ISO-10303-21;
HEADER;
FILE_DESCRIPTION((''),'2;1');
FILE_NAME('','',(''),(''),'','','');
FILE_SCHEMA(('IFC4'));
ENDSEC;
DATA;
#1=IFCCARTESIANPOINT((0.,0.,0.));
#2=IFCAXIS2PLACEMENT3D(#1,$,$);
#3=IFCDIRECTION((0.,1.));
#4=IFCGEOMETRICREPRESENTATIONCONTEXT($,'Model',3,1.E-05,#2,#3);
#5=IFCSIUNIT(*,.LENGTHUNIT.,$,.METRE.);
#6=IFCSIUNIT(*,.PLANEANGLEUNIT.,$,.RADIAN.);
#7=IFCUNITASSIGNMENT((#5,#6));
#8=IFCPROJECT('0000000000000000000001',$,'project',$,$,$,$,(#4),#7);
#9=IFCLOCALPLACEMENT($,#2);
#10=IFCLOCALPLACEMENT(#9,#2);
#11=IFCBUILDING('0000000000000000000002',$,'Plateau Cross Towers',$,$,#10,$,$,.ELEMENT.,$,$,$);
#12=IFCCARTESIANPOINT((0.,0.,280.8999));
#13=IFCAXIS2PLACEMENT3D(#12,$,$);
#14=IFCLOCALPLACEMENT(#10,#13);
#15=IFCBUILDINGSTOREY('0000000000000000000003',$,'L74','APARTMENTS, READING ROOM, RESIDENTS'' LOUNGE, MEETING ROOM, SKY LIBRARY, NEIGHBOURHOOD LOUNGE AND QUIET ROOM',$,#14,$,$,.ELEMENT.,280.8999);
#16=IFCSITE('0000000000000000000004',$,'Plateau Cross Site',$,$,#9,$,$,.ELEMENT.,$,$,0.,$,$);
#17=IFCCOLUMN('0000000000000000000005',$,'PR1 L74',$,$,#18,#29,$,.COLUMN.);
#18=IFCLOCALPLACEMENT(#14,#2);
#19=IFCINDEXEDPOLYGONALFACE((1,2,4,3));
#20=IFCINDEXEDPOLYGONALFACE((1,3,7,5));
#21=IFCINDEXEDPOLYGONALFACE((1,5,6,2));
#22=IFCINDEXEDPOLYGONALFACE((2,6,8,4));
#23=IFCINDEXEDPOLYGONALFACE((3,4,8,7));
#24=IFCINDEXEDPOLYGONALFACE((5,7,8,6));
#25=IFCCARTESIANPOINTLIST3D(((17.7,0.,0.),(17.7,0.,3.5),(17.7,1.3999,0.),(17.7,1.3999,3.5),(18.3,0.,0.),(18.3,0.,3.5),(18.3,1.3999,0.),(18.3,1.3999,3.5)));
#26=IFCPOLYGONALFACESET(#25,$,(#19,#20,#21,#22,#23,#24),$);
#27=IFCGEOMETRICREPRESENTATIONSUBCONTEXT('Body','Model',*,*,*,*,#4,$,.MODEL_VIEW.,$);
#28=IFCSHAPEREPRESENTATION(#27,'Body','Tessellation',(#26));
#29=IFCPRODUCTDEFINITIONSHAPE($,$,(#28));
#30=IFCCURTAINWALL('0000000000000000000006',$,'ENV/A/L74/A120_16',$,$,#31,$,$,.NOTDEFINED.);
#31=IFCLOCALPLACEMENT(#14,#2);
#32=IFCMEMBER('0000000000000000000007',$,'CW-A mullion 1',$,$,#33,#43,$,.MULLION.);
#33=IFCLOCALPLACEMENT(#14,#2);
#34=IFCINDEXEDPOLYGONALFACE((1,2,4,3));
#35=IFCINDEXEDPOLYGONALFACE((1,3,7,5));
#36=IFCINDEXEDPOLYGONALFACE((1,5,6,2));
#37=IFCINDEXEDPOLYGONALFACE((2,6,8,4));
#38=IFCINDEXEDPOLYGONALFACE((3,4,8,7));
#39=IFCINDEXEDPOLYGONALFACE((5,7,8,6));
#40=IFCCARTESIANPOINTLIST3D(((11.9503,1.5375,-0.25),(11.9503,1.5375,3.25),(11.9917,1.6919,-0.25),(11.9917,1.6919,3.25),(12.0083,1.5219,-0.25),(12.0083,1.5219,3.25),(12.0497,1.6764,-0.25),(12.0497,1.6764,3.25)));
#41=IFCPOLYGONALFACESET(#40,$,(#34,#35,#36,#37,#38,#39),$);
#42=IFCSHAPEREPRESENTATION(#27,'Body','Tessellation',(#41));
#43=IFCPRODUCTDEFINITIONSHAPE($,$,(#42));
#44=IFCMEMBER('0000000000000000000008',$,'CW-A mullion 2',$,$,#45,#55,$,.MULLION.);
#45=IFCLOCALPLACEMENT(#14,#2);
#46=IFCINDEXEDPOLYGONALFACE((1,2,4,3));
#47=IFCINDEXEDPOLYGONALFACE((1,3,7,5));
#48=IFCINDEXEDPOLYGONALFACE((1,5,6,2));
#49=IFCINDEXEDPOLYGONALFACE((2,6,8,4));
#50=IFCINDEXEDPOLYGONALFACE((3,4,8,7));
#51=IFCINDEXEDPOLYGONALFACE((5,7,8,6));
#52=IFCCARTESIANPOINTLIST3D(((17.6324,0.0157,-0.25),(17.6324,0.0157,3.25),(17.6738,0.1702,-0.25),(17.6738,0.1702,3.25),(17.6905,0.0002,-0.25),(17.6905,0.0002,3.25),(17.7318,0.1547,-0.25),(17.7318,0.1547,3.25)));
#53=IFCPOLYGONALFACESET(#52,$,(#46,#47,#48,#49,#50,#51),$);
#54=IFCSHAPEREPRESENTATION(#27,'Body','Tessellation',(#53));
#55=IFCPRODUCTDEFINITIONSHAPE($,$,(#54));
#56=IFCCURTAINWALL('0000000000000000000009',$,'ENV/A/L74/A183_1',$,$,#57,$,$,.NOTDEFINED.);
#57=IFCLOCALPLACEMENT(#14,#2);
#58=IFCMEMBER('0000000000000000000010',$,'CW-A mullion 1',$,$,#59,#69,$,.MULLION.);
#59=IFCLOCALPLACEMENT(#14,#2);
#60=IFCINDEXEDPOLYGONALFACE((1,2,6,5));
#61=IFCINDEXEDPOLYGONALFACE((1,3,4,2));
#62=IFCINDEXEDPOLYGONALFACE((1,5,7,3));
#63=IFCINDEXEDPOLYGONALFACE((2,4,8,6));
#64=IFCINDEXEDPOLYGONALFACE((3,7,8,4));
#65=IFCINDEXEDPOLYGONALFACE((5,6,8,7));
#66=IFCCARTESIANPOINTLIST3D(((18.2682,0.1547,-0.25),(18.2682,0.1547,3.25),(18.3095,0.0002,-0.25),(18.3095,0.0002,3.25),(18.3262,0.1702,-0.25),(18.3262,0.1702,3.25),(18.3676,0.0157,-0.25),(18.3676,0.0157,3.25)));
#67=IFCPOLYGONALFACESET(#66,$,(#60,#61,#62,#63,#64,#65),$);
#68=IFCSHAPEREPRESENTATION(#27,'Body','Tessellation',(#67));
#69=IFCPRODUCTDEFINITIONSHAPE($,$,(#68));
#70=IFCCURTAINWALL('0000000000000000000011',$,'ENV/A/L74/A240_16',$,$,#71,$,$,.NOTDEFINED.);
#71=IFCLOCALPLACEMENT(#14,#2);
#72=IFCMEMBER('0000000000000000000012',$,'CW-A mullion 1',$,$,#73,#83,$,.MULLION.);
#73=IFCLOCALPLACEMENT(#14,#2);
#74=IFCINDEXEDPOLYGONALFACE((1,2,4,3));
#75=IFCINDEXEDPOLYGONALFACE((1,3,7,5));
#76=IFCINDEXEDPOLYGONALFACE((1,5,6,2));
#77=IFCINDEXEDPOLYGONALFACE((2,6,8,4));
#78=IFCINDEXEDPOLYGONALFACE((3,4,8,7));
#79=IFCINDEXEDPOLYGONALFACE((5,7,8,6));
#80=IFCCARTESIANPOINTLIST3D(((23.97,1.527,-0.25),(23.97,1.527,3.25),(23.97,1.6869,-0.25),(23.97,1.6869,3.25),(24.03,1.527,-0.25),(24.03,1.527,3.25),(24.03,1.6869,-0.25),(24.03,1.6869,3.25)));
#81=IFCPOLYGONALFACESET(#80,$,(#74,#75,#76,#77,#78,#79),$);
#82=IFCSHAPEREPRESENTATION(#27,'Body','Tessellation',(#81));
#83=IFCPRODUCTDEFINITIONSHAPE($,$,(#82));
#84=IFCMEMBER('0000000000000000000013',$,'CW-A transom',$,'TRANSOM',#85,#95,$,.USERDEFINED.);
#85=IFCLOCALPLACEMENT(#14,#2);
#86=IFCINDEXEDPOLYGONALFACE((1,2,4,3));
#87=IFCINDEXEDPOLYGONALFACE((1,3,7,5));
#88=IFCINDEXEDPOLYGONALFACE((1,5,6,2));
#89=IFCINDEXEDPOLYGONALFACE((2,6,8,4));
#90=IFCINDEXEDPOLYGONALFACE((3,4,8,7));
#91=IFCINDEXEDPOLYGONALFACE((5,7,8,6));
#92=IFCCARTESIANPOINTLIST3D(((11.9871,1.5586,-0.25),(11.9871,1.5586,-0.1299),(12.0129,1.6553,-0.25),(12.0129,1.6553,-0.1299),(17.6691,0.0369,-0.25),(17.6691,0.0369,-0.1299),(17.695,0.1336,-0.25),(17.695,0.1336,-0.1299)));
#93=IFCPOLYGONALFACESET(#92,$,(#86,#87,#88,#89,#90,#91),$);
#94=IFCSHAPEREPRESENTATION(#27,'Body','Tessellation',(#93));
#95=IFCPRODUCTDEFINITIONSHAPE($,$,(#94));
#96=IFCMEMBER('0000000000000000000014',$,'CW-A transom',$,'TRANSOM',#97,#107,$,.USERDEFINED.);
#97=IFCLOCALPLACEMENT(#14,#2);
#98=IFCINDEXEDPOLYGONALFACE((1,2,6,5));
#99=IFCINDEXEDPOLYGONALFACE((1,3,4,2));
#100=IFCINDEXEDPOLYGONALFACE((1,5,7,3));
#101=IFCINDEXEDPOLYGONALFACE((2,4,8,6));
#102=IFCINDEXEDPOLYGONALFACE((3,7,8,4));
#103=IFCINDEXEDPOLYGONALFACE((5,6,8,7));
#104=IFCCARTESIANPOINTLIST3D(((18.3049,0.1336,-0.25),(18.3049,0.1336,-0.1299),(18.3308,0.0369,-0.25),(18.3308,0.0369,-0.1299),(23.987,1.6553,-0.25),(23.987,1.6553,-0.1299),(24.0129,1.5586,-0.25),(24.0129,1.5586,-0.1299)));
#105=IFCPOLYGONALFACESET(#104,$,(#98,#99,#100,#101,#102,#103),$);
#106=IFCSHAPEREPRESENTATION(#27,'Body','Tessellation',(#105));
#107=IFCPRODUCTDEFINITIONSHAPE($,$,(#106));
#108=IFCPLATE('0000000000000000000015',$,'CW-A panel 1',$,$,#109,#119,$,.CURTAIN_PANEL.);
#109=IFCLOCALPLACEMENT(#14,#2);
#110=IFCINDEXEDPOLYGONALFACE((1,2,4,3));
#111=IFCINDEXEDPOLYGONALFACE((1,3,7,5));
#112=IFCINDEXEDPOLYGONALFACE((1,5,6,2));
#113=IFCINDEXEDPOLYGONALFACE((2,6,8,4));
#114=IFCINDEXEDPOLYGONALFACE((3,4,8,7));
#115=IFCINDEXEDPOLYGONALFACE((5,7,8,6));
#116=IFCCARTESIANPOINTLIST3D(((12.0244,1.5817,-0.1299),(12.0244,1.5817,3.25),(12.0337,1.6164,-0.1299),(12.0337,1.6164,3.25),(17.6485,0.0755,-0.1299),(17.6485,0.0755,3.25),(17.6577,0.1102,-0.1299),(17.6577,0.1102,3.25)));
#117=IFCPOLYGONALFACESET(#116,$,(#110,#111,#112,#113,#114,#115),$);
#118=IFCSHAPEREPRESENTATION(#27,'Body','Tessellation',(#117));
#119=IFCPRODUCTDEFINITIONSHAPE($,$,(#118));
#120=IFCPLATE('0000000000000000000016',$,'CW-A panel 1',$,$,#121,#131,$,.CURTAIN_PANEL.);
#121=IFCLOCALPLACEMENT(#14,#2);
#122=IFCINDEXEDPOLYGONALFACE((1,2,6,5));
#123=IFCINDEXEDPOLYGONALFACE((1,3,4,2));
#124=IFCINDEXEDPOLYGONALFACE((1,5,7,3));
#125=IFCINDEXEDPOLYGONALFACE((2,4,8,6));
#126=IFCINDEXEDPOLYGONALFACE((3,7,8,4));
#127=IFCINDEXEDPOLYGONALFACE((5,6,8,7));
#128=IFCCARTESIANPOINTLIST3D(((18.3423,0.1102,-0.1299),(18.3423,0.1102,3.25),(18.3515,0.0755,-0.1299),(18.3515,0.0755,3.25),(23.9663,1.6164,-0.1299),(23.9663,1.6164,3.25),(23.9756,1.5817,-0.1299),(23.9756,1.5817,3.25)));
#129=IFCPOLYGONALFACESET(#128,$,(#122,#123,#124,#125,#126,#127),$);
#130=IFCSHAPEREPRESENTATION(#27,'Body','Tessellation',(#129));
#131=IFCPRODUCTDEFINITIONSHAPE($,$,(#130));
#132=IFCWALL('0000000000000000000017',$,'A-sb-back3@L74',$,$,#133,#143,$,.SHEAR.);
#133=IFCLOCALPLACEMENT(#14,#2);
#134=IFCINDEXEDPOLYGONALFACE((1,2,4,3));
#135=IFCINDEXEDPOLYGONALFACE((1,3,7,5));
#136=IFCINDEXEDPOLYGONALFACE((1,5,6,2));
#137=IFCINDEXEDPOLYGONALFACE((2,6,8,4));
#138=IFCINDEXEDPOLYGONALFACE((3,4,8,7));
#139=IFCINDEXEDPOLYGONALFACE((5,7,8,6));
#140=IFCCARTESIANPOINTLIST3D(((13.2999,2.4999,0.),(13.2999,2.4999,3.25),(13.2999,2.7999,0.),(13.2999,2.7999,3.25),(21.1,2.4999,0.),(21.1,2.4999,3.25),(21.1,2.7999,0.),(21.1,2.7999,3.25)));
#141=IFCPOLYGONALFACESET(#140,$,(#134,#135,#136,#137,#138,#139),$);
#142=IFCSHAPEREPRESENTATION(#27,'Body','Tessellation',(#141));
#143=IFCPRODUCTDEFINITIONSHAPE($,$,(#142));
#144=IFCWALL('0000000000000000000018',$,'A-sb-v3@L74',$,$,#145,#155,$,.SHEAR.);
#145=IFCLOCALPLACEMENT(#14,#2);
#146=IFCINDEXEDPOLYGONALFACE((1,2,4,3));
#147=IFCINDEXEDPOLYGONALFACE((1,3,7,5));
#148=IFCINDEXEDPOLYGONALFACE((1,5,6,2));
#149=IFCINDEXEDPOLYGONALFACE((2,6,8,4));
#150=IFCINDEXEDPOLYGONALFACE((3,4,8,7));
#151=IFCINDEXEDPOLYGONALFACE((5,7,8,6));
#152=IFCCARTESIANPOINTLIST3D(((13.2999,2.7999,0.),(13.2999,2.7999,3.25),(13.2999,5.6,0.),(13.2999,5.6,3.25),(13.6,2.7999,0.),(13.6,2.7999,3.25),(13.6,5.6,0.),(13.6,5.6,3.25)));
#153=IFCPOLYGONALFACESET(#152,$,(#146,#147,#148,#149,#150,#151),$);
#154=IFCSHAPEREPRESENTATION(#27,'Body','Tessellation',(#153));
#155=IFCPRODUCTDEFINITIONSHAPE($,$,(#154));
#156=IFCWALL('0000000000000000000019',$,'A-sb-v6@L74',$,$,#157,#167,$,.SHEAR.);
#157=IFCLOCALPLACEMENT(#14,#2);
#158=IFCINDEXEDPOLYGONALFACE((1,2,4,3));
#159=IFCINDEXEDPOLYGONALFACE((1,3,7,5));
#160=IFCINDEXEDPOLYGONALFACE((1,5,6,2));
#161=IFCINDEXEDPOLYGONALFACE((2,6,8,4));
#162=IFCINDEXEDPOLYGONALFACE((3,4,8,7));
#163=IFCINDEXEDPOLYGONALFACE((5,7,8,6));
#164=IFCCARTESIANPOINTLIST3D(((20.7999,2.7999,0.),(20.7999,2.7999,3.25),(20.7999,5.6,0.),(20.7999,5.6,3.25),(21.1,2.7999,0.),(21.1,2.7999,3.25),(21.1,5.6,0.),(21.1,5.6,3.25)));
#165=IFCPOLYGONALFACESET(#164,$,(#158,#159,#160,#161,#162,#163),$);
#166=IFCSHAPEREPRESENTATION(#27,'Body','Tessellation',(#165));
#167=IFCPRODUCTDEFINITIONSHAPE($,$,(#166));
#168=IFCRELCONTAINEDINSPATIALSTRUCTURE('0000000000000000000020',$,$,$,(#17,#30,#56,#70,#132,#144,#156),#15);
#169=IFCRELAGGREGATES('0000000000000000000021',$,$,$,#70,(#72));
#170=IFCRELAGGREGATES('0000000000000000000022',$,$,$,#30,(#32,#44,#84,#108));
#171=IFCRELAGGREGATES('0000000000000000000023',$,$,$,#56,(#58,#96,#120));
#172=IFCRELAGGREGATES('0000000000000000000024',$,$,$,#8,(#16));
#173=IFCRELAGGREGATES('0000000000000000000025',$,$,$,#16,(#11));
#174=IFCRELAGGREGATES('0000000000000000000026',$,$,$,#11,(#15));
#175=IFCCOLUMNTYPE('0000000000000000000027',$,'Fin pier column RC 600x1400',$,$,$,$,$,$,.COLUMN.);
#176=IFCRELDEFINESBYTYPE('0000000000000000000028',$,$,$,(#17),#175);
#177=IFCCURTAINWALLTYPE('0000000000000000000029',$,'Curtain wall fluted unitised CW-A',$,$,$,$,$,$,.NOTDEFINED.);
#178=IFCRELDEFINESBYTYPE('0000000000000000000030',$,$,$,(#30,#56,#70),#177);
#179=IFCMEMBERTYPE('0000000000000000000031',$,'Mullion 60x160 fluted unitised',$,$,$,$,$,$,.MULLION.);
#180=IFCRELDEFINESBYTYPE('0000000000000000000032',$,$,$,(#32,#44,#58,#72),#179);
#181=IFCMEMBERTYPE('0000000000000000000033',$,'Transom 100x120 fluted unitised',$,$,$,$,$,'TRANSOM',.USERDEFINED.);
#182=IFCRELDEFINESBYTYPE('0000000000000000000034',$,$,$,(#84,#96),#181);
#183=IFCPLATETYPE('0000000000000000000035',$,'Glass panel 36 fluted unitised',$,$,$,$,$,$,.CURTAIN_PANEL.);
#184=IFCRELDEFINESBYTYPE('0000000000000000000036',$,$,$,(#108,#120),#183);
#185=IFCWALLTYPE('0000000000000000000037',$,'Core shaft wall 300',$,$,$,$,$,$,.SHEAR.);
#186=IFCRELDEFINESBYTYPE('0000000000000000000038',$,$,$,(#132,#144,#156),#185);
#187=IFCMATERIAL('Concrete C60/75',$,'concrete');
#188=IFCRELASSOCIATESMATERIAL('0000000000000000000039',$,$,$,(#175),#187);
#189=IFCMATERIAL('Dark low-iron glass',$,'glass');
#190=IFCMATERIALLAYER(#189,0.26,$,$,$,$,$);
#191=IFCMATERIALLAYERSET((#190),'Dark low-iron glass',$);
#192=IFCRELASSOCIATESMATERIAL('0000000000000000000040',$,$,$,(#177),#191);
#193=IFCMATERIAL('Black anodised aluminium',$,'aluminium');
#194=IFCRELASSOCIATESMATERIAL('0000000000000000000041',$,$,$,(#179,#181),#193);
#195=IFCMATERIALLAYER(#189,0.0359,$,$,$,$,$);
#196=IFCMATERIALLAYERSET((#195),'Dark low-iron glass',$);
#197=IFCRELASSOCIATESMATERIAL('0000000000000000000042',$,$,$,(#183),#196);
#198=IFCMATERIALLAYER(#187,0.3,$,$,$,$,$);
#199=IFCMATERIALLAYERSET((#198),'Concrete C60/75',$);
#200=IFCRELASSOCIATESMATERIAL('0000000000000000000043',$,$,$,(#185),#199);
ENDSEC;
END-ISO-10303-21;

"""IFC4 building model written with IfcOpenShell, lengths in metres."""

from ifc_helpers import new_model, si_unit, direction, frame, frame_2d, origin, origin_2d, place, context, subcontext, project, spatial, rectangle, extrude, material, layer, layer_set, material_profile, profile_set, type_object, element, aggregate, save


model = new_model("IFC4")

# Units and contexts
model_context = context("Model", 3, precision=1e-05, world=origin(), true_north=direction((0.0, 1.0)))
body_context = subcontext(model_context, "Body", "Model", "MODEL_VIEW")
ifc_project = project(units=[si_unit("LENGTHUNIT", "METRE"), si_unit("PLANEANGLEUNIT", "RADIAN")], contexts=[model_context])

# Site, building, storey
site_placement = place(None, origin())
site = spatial("IfcSite", under=ifc_project, at=site_placement, Name="Plateau Cross Site", CompositionType="ELEMENT", RefElevation=0.0)
building_placement = place(site_placement, origin())
building = spatial("IfcBuilding", under=site, at=building_placement, Name="Plateau Cross Towers", CompositionType="ELEMENT")
storey_placement = place(building_placement, frame((0.0, 0.0, 280.8999)))
storey = spatial("IfcBuildingStorey", under=building, at=storey_placement, Name="L74", Description="APARTMENTS, READING ROOM, RESIDENTS' LOUNGE, MEETING ROOM, SKY LIBRARY, NEIGHBOURHOOD LOUNGE AND QUIET ROOM", CompositionType="ELEMENT", Elevation=280.8999)

# Column
ifc_material_1 = material(Name="Concrete C60/75", Category="concrete")
ifc_material_profile_1 = material_profile(ifc_material_1, rectangle(XDim=0.6001, YDim=1.3999, at=origin_2d()), Name="RC 600x1400")
ifc_profile_set_1 = profile_set([ifc_material_profile_1], Name="Concrete C60/75")
column_type = type_object("IfcColumnType", Name="Fin pier column RC 600x1400", PredefinedType="COLUMN", material=ifc_profile_set_1)
column_placement = place(storey_placement, frame((18.0, 0.7, 0.0), z_axis=(0.0, 0.0, 1.0), x_axis=(1.0, 0.0, 0.0)))
element("IfcColumn", 1, at=column_placement, inside=storey, type_object=column_type, Name="PR1 L74", PredefinedType="COLUMN", context=body_context, shape_type="SweptSolid", body=[
    extrude(rectangle(XDim=0.6001, YDim=1.3999, at=origin_2d()), origin(), (0.0, 0.0, 1.0), 3.5),
])

# Curtain wall, members
ifc_material_2 = material(Name="Dark low-iron glass", Category="glass")
ifc_layer_1 = layer(ifc_material_2, 0.26)
ifc_layer_set_1 = layer_set([ifc_layer_1], Name="Dark low-iron glass")
curtain_wall_type = type_object("IfcCurtainWallType", Name="Curtain wall fluted unitised CW-A", PredefinedType="NOTDEFINED", material=ifc_layer_set_1)
curtain_wall_1_placement = place(storey_placement, origin())
curtain_wall_1 = element("IfcCurtainWall", 2, at=curtain_wall_1_placement, inside=storey, type_object=curtain_wall_type, Name="ENV/A/L74/A120_16", PredefinedType="NOTDEFINED")
ifc_material_3 = material(Name="Black anodised aluminium", Category="aluminium")
ifc_material_profile_2 = material_profile(ifc_material_3, rectangle(XDim=0.0601, YDim=0.1599, at=origin_2d()), Name="MULLION 60x160")
ifc_profile_set_2 = profile_set([ifc_material_profile_2], Name="Black anodised aluminium")
member_type_1 = type_object("IfcMemberType", Name="Mullion 60x160 fluted unitised", PredefinedType="MULLION", material=ifc_profile_set_2)
member_1_placement = place(storey_placement, frame((12.0, 1.6069, -0.25), z_axis=(0.0, 0.0, 1.0), x_axis=(0.965958, -0.258699, 0.0)))
member_1 = element("IfcMember", 3, at=member_1_placement, type_object=member_type_1, Name="CW-A mullion 1", PredefinedType="MULLION", context=body_context, shape_type="SweptSolid", body=[
    extrude(rectangle(XDim=0.0601, YDim=0.1599, at=origin_2d()), origin(), (0.0, 0.0, 1.0), 3.5),
])
member_2_placement = place(storey_placement, frame((17.6821, 0.0852, -0.25), z_axis=(0.0, 0.0, 1.0), x_axis=(0.965958, -0.258699, 0.0)))
member_2 = element("IfcMember", 4, at=member_2_placement, type_object=member_type_1, Name="CW-A mullion 2", PredefinedType="MULLION", context=body_context, shape_type="SweptSolid", body=[
    extrude(rectangle(XDim=0.0601, YDim=0.1599, at=origin_2d()), origin(), (0.0, 0.0, 1.0), 3.5),
])

# Curtain walls, members
curtain_wall_2_placement = place(storey_placement, origin())
curtain_wall_2 = element("IfcCurtainWall", 5, at=curtain_wall_2_placement, inside=storey, type_object=curtain_wall_type, Name="ENV/A/L74/A183_1", PredefinedType="NOTDEFINED")
member_3_placement = place(storey_placement, frame((18.3179, 0.0852, -0.25), z_axis=(0.0, 0.0, 1.0), x_axis=(0.965958, 0.258699, 0.0)))
member_3 = element("IfcMember", 6, at=member_3_placement, type_object=member_type_1, Name="CW-A mullion 1", PredefinedType="MULLION", context=body_context, shape_type="SweptSolid", body=[
    extrude(rectangle(XDim=0.0601, YDim=0.1599, at=origin_2d()), origin(), (0.0, 0.0, 1.0), 3.5),
])
curtain_wall_3_placement = place(storey_placement, origin())
curtain_wall_3 = element("IfcCurtainWall", 7, at=curtain_wall_3_placement, inside=storey, type_object=curtain_wall_type, Name="ENV/A/L74/A240_16", PredefinedType="NOTDEFINED")
member_4_placement = place(storey_placement, frame((24.0, 1.6069, -0.25), z_axis=(0.0, 0.0, 1.0), x_axis=(1.0, 0.0, 0.0)))
member_4 = element("IfcMember", 8, at=member_4_placement, type_object=member_type_1, Name="CW-A mullion 1", PredefinedType="MULLION", context=body_context, shape_type="SweptSolid", body=[
    extrude(rectangle(XDim=0.0601, YDim=0.1599, at=origin_2d()), origin(), (0.0, 0.0, 1.0), 3.5),
])
aggregate(curtain_wall_3, [member_4])

# Members
ifc_material_profile_3 = material_profile(ifc_material_3, rectangle(XDim=0.1001, YDim=0.1201, at=origin_2d()), Name="TRANSOM 100x120")
ifc_profile_set_3 = profile_set([ifc_material_profile_3], Name="Black anodised aluminium")
member_type_2 = type_object("IfcMemberType", Name="Transom 100x120 fluted unitised", ElementType="TRANSOM", PredefinedType="USERDEFINED", material=ifc_profile_set_3)
member_5_placement = place(storey_placement, frame((12.0, 1.6069, -0.1899), z_axis=(0.96596, -0.258693, 0.0), x_axis=(0.258693, 0.96596, 0.0)))
member_5 = element("IfcMember", 9, at=member_5_placement, type_object=member_type_2, Name="CW-A transom", ObjectType="TRANSOM", PredefinedType="USERDEFINED", context=body_context, shape_type="SweptSolid", body=[
    extrude(rectangle(XDim=0.1001, YDim=0.1201, at=origin_2d()), origin(), (0.0, 0.0, 1.0), 5.8823),
])
member_6_placement = place(storey_placement, frame((18.3179, 0.0852, -0.1899), z_axis=(0.96596, 0.258693, 0.0), x_axis=(-0.258693, 0.96596, 0.0)))
member_6 = element("IfcMember", 10, at=member_6_placement, type_object=member_type_2, Name="CW-A transom", ObjectType="TRANSOM", PredefinedType="USERDEFINED", context=body_context, shape_type="SweptSolid", body=[
    extrude(rectangle(XDim=0.1001, YDim=0.1201, at=origin_2d()), origin(), (0.0, 0.0, 1.0), 5.8823),
])

# Plates
ifc_layer_2 = layer(ifc_material_2, 0.0359)
ifc_layer_set_2 = layer_set([ifc_layer_2], Name="Dark low-iron glass")
plate_type = type_object("IfcPlateType", Name="Glass panel 36 fluted unitised", PredefinedType="CURTAIN_PANEL", material=ifc_layer_set_2)
plate_1_placement = place(storey_placement, frame((14.8411, 0.8459, -0.1299), z_axis=(0.0, 0.0, 1.0), x_axis=(0.965958, -0.258699, 0.0)))
plate_1 = element("IfcPlate", 11, at=plate_1_placement, type_object=plate_type, Name="CW-A panel 1", PredefinedType="CURTAIN_PANEL", context=body_context, shape_type="SweptSolid", body=[
    extrude(rectangle(XDim=5.8223, YDim=0.0359, at=origin_2d()), origin(), (0.0, 0.0, 1.0), 3.3799),
])
aggregate(curtain_wall_1, [member_1, member_2, member_5, plate_1])
plate_2_placement = place(storey_placement, frame((21.1589, 0.8459, -0.1299), z_axis=(0.0, 0.0, 1.0), x_axis=(0.965958, 0.258699, 0.0)))
plate_2 = element("IfcPlate", 12, at=plate_2_placement, type_object=plate_type, Name="CW-A panel 1", PredefinedType="CURTAIN_PANEL", context=body_context, shape_type="SweptSolid", body=[
    extrude(rectangle(XDim=5.8223, YDim=0.0359, at=origin_2d()), origin(), (0.0, 0.0, 1.0), 3.3799),
])
aggregate(curtain_wall_2, [member_3, member_6, plate_2])

# Walls
ifc_layer_3 = layer(ifc_material_1, 0.3)
ifc_layer_set_3 = layer_set([ifc_layer_3], Name="Concrete C60/75")
wall_type_1 = type_object("IfcWallType", Name="Core shaft wall 300", PredefinedType="SHEAR", material=ifc_layer_set_3)
wall_1_placement = place(storey_placement, frame((13.3, 2.6499, 0.0), z_axis=(0.0, 0.0, 1.0), x_axis=(1.0, 0.0, 0.0)))
element("IfcWall", 13, at=wall_1_placement, inside=storey, type_object=wall_type_1, Name="A-sb-back3@L74", PredefinedType="SHEAR", context=body_context, shape_type="SweptSolid", body=[
    extrude(rectangle(XDim=7.8, YDim=0.3, at=frame_2d((3.8999, 0.0))), origin(), (0.0, 0.0, 1.0), 3.25),
])
for number, where, z_axis, x_axis, name in (
    (14, (13.45, 2.8, 0.0), (0.0, 0.0, 1.0), (0.0, 1.0, 0.0), "A-sb-v3@L74"),
    (15, (20.95, 2.8, 0.0), (0.0, 0.0, 1.0), (0.0, 1.0, 0.0), "A-sb-v6@L74"),
):
    element("IfcWall", number, at=place(storey_placement, frame(where, z_axis=z_axis, x_axis=x_axis)), inside=storey, type_object=wall_type_1, Name=name, PredefinedType="SHEAR", context=body_context, shape_type="SweptSolid", body=[
        extrude(rectangle(XDim=2.8, YDim=0.3, at=frame_2d((1.3999, 0.0))), origin(), (0.0, 0.0, 1.0), 3.25),
    ])

save(model, "model.ifc")
